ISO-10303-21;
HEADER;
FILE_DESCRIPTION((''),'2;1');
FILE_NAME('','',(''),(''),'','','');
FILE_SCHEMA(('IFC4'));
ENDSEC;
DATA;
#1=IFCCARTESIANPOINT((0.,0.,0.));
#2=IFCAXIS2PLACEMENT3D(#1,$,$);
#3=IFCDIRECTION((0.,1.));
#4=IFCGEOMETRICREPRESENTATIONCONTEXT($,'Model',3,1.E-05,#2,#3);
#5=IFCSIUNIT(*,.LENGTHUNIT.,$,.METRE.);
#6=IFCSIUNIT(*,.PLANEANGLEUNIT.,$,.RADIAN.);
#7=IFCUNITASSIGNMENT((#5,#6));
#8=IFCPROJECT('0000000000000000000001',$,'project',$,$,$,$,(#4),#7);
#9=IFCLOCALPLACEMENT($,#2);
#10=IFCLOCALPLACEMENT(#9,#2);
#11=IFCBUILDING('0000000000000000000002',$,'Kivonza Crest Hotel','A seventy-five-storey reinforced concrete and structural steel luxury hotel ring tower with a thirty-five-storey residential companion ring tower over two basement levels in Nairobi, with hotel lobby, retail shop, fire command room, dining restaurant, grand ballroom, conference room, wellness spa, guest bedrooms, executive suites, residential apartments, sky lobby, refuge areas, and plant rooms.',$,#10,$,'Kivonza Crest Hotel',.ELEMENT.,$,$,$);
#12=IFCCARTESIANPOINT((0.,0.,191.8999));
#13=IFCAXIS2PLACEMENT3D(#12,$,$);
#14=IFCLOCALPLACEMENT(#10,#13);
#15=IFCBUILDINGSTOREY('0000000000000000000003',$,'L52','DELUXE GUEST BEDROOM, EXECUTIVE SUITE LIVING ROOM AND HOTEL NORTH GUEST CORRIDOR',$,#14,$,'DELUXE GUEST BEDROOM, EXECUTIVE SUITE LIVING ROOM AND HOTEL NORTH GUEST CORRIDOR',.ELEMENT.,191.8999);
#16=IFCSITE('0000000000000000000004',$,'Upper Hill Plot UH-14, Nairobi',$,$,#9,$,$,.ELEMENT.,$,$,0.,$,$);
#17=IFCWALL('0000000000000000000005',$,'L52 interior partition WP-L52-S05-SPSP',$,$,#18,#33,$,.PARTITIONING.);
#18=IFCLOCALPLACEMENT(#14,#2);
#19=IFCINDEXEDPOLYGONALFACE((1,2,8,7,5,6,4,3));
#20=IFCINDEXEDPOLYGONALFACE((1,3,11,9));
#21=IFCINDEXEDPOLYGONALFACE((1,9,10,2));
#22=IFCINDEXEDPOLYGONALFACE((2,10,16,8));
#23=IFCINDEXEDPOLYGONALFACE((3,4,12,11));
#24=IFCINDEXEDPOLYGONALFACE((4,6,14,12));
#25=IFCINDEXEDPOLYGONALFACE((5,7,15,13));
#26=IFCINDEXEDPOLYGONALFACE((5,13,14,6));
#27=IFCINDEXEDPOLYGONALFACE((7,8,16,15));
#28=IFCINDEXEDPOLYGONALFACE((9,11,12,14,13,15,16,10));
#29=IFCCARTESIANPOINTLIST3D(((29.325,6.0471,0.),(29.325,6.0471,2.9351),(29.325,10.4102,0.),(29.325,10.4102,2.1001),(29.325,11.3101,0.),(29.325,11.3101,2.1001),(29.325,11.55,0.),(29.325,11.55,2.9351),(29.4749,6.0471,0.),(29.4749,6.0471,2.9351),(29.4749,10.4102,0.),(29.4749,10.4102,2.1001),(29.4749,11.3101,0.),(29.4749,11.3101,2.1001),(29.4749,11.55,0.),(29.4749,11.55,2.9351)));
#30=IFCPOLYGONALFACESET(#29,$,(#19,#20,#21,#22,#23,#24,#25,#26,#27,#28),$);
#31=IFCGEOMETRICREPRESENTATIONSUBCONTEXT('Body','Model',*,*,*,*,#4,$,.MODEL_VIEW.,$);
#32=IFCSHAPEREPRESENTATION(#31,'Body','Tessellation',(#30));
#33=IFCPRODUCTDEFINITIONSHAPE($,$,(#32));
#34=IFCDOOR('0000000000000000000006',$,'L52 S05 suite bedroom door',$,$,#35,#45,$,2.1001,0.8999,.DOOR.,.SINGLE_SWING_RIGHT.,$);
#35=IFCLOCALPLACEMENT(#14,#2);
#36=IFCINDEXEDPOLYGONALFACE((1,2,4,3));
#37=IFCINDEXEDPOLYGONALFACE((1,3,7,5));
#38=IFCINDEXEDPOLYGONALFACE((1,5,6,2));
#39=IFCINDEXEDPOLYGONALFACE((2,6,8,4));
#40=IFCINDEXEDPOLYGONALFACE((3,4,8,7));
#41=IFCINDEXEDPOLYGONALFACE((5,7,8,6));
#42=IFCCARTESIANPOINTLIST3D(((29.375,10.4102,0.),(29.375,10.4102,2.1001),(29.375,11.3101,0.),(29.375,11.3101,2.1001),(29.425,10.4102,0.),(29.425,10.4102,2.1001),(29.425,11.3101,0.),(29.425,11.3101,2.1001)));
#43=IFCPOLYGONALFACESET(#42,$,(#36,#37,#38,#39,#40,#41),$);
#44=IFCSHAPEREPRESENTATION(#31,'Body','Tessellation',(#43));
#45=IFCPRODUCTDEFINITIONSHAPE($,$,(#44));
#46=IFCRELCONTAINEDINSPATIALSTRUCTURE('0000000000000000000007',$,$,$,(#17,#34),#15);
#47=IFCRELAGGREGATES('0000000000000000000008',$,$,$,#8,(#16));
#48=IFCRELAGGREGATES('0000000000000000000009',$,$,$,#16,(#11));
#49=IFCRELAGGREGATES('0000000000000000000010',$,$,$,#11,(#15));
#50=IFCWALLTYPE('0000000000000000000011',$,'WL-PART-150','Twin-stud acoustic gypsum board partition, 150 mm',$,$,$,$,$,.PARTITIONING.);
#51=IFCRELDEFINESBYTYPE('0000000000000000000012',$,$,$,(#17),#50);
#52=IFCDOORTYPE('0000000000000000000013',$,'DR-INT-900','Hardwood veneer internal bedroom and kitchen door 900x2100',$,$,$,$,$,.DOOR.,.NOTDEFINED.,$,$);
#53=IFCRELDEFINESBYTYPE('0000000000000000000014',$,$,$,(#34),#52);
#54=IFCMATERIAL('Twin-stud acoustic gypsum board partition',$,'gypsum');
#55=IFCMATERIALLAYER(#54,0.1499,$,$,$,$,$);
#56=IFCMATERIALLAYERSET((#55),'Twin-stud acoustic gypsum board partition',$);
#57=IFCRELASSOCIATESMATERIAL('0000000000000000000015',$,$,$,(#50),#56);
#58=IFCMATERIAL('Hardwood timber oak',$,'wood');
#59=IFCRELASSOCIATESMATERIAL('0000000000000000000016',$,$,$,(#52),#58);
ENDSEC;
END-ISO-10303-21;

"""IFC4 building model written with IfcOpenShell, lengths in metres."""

from ifc_helpers import new_model, si_unit, direction, frame, frame_2d, origin, place, context, subcontext, project, spatial, rectangle, extrude, material, layer, layer_set, type_object, element, fill, save


model = new_model("IFC4")

# Units and contexts
model_context = context("Model", 3, precision=1e-05, world=origin(), true_north=direction((0.0, 1.0)))
body_context = subcontext(model_context, "Body", "Model", "MODEL_VIEW")
ifc_project = project(units=[si_unit("LENGTHUNIT", "METRE"), si_unit("PLANEANGLEUNIT", "RADIAN")], contexts=[model_context])

# Site, building, storey
site_placement = place(None, origin())
site = spatial("IfcSite", under=ifc_project, at=site_placement, Name="Upper Hill Plot UH-14, Nairobi", CompositionType="ELEMENT", RefElevation=0.0)
building_placement = place(site_placement, origin())
building = spatial("IfcBuilding", under=site, at=building_placement, Name="Kivonza Crest Hotel", Description="A seventy-five-storey reinforced concrete and structural steel luxury hotel ring tower with a thirty-five-storey residential companion ring tower over two basement levels in Nairobi, with hotel lobby, retail shop, fire command room, dining restaurant, grand ballroom, conference room, wellness spa, guest bedrooms, executive suites, residential apartments, sky lobby, refuge areas, and plant rooms.", LongName="Kivonza Crest Hotel", CompositionType="ELEMENT")
storey_placement = place(building_placement, frame((0.0, 0.0, 191.8999)))
storey = spatial("IfcBuildingStorey", under=building, at=storey_placement, Name="L52", Description="DELUXE GUEST BEDROOM, EXECUTIVE SUITE LIVING ROOM AND HOTEL NORTH GUEST CORRIDOR", LongName="DELUXE GUEST BEDROOM, EXECUTIVE SUITE LIVING ROOM AND HOTEL NORTH GUEST CORRIDOR", CompositionType="ELEMENT", Elevation=191.8999)

# Wall, opening, door
ifc_material_1 = material(Name="Twin-stud acoustic gypsum board partition", Category="gypsum")
ifc_layer_1 = layer(ifc_material_1, 0.1499)
ifc_layer_set_1 = layer_set([ifc_layer_1], Name="Twin-stud acoustic gypsum board partition")
wall_type_1 = type_object("IfcWallType", Name="WL-PART-150", Description="Twin-stud acoustic gypsum board partition, 150 mm", PredefinedType="PARTITIONING", material=ifc_layer_set_1)
wall_1_placement = place(storey_placement, frame((29.3999, 6.0471, 0.0), z_axis=(0.0, 0.0, 1.0), x_axis=(0.0, 1.0, 0.0)))
wall_1 = element("IfcWall", 1, at=wall_1_placement, inside=storey, type_object=wall_type_1, Name="L52 interior partition WP-L52-S05-SPSP", PredefinedType="PARTITIONING", context=body_context, shape_type="SweptSolid", body=[
    extrude(rectangle(XDim=5.5029, YDim=0.1499, at=frame_2d((2.7515, 0.0))), origin(), (0.0, 0.0, 1.0), 2.9351),
])
opening_1_placement = place(wall_1_placement, frame((4.363, 0.0, 0.0)))
opening_1 = element("IfcOpeningElement", 2, at=opening_1_placement, cuts=wall_1, PredefinedType="OPENING", context=body_context, shape_type="SweptSolid", body=[
    extrude(rectangle(XDim=0.8999, YDim=2.1001, at=frame_2d((0.45, 1.05))), frame((0.0, 0.085, 0.0), z_axis=(0.0, -1.0, 0.0), x_axis=(1.0, 0.0, 0.0)), (0.0, 0.0, 1.0), 0.1699),
])
ifc_material_2 = material(Name="Hardwood timber oak", Category="wood")
door_type = type_object("IfcDoorType", Name="DR-INT-900", Description="Hardwood veneer internal bedroom and kitchen door 900x2100", OperationType="NOTDEFINED", PredefinedType="DOOR", material=ifc_material_2)
door_placement = place(opening_1_placement, origin())
door = element("IfcDoor", 3, at=door_placement, inside=storey, type_object=door_type, Name="L52 S05 suite bedroom door", OperationType="SINGLE_SWING_RIGHT", OverallHeight=2.1001, OverallWidth=0.8999, PredefinedType="DOOR", context=body_context, shape_type="SweptSolid", body=[
    extrude(rectangle(XDim=0.8999, YDim=2.1001, at=frame_2d((0.45, 1.05))), frame((0.0, 0.0249, 0.0), z_axis=(0.0, -1.0, 0.0), x_axis=(1.0, 0.0, 0.0)), (0.0, 0.0, 1.0), 0.05),
])
fill(opening_1, door)

save(model, "model.ifc")
